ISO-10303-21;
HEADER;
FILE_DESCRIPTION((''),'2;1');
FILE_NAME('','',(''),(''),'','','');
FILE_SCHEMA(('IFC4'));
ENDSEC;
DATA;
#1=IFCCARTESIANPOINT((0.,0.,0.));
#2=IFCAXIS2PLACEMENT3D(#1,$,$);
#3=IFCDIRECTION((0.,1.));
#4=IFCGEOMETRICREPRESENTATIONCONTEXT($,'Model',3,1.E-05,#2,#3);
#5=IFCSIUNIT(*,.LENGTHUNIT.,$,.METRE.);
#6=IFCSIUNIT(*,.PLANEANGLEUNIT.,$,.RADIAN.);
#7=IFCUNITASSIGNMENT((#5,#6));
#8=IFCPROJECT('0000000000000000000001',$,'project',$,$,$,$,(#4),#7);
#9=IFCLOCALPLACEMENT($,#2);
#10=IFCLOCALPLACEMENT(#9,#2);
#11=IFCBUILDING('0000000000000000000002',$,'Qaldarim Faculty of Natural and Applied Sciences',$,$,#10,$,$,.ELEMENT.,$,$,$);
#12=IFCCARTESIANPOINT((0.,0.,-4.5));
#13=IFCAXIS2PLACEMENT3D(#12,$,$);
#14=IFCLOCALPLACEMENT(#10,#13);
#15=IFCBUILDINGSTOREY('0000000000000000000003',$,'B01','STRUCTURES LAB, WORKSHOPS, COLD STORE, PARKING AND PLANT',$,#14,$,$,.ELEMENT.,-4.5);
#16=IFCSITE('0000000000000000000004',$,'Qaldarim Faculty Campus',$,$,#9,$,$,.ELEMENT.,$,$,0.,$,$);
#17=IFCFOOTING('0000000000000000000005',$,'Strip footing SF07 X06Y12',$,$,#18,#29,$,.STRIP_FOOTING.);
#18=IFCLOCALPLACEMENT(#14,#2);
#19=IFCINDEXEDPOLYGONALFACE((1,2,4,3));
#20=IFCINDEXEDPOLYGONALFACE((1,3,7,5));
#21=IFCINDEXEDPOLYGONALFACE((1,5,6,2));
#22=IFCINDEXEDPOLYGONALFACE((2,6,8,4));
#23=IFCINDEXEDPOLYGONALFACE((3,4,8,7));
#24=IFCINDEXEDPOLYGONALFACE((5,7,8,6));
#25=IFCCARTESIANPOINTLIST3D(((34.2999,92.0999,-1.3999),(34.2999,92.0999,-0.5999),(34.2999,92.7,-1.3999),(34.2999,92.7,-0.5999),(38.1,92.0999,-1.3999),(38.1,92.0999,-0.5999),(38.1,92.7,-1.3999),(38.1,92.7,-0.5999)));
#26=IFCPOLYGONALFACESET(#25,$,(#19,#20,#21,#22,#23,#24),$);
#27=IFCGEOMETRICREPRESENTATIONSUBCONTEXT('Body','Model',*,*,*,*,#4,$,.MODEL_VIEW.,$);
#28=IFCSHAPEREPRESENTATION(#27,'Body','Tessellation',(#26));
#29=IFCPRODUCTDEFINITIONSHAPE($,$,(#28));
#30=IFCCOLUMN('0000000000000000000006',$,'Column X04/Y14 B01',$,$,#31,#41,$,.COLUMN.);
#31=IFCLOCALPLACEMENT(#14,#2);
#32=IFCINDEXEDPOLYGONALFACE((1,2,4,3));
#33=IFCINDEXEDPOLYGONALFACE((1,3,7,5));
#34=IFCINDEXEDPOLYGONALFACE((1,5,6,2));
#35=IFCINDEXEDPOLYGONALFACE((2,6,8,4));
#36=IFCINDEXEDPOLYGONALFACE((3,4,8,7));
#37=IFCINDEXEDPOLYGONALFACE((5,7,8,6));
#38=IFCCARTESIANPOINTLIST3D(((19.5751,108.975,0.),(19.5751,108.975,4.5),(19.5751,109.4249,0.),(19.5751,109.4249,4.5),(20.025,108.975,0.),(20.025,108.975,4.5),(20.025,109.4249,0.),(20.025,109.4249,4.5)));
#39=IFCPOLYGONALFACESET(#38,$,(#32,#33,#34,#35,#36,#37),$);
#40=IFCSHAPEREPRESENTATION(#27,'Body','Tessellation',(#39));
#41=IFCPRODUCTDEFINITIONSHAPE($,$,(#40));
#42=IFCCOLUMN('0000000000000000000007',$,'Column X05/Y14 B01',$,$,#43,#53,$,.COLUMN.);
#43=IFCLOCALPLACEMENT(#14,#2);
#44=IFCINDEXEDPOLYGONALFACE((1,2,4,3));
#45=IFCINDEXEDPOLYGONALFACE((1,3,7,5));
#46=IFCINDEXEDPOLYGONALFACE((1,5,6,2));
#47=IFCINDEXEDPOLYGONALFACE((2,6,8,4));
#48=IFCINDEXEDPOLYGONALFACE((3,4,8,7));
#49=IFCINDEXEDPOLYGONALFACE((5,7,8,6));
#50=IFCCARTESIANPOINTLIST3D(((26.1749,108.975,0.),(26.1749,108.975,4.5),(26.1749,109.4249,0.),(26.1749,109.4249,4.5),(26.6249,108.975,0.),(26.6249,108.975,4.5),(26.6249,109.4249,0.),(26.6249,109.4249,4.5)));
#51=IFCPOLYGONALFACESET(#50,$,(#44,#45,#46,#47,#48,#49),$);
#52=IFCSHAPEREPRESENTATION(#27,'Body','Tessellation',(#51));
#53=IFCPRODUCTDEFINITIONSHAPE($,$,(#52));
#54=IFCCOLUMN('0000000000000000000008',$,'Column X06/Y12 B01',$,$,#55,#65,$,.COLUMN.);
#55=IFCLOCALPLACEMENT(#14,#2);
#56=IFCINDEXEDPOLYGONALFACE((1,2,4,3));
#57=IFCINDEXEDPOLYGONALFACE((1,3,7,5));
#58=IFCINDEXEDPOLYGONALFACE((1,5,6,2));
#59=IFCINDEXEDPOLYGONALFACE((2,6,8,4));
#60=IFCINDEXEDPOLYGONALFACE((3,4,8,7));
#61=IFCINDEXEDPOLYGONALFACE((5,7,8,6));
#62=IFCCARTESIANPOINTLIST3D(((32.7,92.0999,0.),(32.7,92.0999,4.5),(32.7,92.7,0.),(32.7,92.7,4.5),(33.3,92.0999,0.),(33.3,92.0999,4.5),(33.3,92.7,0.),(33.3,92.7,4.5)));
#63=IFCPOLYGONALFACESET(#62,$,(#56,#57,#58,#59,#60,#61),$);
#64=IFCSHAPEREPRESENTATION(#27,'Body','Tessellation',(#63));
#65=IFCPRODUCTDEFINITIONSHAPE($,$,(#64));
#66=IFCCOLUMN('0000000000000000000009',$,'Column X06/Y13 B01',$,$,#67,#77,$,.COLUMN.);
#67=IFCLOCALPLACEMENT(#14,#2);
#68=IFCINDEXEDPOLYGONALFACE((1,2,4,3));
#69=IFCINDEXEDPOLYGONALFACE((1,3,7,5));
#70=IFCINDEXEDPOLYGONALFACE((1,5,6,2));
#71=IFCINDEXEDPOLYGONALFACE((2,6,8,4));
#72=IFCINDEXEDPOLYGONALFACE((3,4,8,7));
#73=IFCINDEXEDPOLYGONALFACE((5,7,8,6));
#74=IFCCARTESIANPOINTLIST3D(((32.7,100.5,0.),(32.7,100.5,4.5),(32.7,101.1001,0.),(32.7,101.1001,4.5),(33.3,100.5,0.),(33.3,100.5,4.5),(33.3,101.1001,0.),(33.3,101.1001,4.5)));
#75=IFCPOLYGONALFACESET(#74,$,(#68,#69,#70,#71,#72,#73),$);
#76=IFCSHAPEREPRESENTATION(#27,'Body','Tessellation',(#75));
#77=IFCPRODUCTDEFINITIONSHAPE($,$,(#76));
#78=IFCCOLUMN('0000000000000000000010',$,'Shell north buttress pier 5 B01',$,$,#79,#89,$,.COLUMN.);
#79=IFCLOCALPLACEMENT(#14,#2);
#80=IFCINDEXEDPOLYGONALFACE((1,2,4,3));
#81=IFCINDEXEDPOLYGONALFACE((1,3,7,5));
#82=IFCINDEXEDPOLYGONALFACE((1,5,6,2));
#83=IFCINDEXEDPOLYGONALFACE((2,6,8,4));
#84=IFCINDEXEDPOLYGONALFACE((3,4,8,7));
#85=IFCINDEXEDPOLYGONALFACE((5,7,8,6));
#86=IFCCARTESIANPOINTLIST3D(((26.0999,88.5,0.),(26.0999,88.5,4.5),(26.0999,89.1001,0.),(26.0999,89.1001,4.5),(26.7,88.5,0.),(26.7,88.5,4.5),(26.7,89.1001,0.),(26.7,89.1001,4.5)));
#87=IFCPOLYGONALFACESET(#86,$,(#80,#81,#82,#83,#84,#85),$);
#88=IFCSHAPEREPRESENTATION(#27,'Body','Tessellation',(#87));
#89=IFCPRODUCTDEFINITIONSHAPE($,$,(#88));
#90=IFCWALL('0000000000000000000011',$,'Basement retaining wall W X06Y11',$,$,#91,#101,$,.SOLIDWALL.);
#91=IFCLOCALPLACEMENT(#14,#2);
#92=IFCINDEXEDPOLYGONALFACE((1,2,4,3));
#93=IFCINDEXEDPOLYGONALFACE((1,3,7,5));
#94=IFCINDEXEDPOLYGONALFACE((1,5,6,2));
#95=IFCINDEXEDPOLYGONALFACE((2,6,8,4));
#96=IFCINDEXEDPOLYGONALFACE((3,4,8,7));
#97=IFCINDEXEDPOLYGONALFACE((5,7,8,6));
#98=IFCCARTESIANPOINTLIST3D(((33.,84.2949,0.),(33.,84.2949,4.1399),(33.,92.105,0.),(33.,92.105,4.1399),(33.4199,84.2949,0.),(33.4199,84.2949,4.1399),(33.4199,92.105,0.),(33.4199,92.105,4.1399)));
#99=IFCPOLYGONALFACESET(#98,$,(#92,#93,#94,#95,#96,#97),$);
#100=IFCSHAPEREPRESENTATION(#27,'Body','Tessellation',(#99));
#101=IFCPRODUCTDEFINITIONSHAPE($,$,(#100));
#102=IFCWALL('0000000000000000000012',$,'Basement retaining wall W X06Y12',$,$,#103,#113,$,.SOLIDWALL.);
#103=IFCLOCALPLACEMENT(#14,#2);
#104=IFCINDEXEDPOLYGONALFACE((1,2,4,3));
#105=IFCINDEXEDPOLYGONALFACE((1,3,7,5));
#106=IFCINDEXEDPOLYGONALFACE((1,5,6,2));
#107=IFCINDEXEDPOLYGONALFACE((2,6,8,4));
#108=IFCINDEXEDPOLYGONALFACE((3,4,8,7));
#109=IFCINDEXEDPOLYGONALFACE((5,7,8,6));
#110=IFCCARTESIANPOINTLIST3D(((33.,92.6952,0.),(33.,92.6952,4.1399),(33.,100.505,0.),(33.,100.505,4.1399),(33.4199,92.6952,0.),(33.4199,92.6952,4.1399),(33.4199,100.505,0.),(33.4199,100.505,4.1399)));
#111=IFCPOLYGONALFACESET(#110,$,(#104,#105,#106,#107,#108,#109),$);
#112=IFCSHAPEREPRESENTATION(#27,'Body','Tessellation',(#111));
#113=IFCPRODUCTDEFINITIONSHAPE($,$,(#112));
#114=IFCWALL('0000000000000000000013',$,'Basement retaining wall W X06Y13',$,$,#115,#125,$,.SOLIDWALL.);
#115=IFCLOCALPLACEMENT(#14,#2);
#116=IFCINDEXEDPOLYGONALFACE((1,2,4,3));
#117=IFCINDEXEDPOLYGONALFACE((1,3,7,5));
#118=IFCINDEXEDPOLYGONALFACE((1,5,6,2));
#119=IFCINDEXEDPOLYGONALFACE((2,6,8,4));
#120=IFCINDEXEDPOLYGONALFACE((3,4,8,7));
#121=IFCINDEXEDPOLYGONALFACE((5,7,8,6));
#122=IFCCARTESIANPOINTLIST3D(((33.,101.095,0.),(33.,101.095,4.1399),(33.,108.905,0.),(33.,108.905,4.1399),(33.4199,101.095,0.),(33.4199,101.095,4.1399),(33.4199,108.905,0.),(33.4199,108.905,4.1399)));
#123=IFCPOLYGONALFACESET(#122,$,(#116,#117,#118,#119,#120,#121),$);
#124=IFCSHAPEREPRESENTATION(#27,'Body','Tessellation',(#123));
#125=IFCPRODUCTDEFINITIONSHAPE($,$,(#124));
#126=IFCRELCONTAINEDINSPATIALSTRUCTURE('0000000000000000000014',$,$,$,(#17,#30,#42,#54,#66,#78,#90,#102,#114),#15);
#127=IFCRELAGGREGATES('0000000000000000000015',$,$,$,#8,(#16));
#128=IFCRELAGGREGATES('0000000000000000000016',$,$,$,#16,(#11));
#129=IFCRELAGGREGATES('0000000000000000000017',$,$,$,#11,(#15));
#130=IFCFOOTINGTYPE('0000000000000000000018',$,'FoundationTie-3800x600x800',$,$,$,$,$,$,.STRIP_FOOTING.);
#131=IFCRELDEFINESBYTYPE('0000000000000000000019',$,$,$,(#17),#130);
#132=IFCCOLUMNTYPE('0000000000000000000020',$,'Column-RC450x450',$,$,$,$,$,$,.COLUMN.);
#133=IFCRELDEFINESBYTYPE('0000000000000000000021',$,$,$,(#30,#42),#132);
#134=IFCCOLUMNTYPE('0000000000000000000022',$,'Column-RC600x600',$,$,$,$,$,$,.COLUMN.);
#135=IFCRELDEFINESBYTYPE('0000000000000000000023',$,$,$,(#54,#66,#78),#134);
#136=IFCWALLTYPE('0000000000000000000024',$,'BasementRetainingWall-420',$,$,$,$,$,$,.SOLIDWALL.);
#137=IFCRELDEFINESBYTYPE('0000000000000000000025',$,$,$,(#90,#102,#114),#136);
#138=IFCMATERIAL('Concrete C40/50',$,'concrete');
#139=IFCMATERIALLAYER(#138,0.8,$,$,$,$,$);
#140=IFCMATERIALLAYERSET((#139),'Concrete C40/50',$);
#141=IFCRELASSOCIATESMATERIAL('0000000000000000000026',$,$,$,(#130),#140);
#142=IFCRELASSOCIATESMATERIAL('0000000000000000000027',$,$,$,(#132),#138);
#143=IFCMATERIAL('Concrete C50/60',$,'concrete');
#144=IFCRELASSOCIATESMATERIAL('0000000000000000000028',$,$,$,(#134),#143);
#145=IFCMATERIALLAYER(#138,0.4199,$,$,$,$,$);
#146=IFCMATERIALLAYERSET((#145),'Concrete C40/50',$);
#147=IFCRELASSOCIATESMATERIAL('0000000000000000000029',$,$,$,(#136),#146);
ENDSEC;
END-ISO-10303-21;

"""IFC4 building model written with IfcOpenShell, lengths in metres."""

from ifc_helpers import new_model, si_unit, direction, frame, frame_2d, origin, origin_2d, place, context, subcontext, project, spatial, rectangle, extrude, material, layer, layer_set, material_profile, profile_set, type_object, element, save


model = new_model("IFC4")

# Units and contexts
model_context = context("Model", 3, precision=1e-05, world=origin(), true_north=direction((0.0, 1.0)))
body_context = subcontext(model_context, "Body", "Model", "MODEL_VIEW")
ifc_project = project(units=[si_unit("LENGTHUNIT", "METRE"), si_unit("PLANEANGLEUNIT", "RADIAN")], contexts=[model_context])

# Site, building, storey
site_placement = place(None, origin())
site = spatial("IfcSite", under=ifc_project, at=site_placement, Name="Qaldarim Faculty Campus", CompositionType="ELEMENT", RefElevation=0.0)
building_placement = place(site_placement, origin())
building = spatial("IfcBuilding", under=site, at=building_placement, Name="Qaldarim Faculty of Natural and Applied Sciences", CompositionType="ELEMENT")
storey_placement = place(building_placement, frame((0.0, 0.0, -4.5)))
storey = spatial("IfcBuildingStorey", under=building, at=storey_placement, Name="B01", Description="STRUCTURES LAB, WORKSHOPS, COLD STORE, PARKING AND PLANT", CompositionType="ELEMENT", Elevation=-4.5)

# Shared definitions
ifc_material_1 = material(Name="Concrete C40/50", Category="concrete")

# Footing
ifc_layer_1 = layer(ifc_material_1, 0.8)
ifc_layer_set_1 = layer_set([ifc_layer_1], Name="Concrete C40/50")
footing_type_1 = type_object("IfcFootingType", Name="FoundationTie-3800x600x800", PredefinedType="STRIP_FOOTING", material=ifc_layer_set_1)
footing_1_placement = place(storey_placement, frame((36.2, 92.3999, -1.3999), z_axis=(0.0, 0.0, 1.0), x_axis=(1.0, 0.0, 0.0)))
element("IfcFooting", 1, at=footing_1_placement, inside=storey, type_object=footing_type_1, Name="Strip footing SF07 X06Y12", PredefinedType="STRIP_FOOTING", context=body_context, shape_type="SweptSolid", body=[
    extrude(rectangle(XDim=3.8, YDim=0.6001, at=origin_2d()), origin(), (0.0, 0.0, 1.0), 0.8),
])

# Columns
ifc_material_profile_1 = material_profile(ifc_material_1, rectangle(XDim=0.45, YDim=0.45, at=origin_2d()), Name="RC-C450x450")
ifc_profile_set_1 = profile_set([ifc_material_profile_1], Name="Concrete C40/50")
column_type_1 = type_object("IfcColumnType", Name="Column-RC450x450", PredefinedType="COLUMN", material=ifc_profile_set_1)
for number, where, z_axis, x_axis, name in (
    (2, (19.8, 109.2, 0.0), (0.0, 0.0, 1.0), (1.0, 0.0, 0.0), "Column X04/Y14 B01"),
    (3, (26.3999, 109.2, 0.0), (0.0, 0.0, 1.0), (1.0, 0.0, 0.0), "Column X05/Y14 B01"),
):
    element("IfcColumn", number, at=place(storey_placement, frame(where, z_axis=z_axis, x_axis=x_axis)), inside=storey, type_object=column_type_1, Name=name, PredefinedType="COLUMN", context=body_context, shape_type="SweptSolid", body=[
        extrude(rectangle(XDim=0.45, YDim=0.45, at=origin_2d()), origin(), (0.0, 0.0, 1.0), 4.5),
    ])
ifc_material_2 = material(Name="Concrete C50/60", Category="concrete")
ifc_material_profile_2 = material_profile(ifc_material_2, rectangle(XDim=0.6001, YDim=0.6001, at=origin_2d()), Name="RC-C600x600")
ifc_profile_set_2 = profile_set([ifc_material_profile_2], Name="Concrete C50/60")
column_type_2 = type_object("IfcColumnType", Name="Column-RC600x600", PredefinedType="COLUMN", material=ifc_profile_set_2)
for number, where, z_axis, x_axis, name in (
    (4, (33.0, 92.3999, 0.0), (0.0, 0.0, 1.0), (1.0, 0.0, 0.0), "Column X06/Y12 B01"),
    (5, (33.0, 100.8, 0.0), (0.0, 0.0, 1.0), (1.0, 0.0, 0.0), "Column X06/Y13 B01"),
    (6, (26.3999, 88.8, 0.0), (0.0, 0.0, 1.0), (1.0, 0.0, 0.0), "Shell north buttress pier 5 B01"),
):
    element("IfcColumn", number, at=place(storey_placement, frame(where, z_axis=z_axis, x_axis=x_axis)), inside=storey, type_object=column_type_2, Name=name, PredefinedType="COLUMN", context=body_context, shape_type="SweptSolid", body=[
        extrude(rectangle(XDim=0.6001, YDim=0.6001, at=origin_2d()), origin(), (0.0, 0.0, 1.0), 4.5),
    ])

# Walls
ifc_layer_2 = layer(ifc_material_1, 0.4199)
ifc_layer_set_2 = layer_set([ifc_layer_2], Name="Concrete C40/50")
wall_type = type_object("IfcWallType", Name="BasementRetainingWall-420", PredefinedType="SOLIDWALL", material=ifc_layer_set_2)
wall_1_placement = place(storey_placement, frame((33.21, 92.105, 0.0), z_axis=(0.0, 0.0, 1.0), x_axis=(0.0, -1.0, 0.0)))
element("IfcWall", 7, at=wall_1_placement, inside=storey, type_object=wall_type, Name="Basement retaining wall W X06Y11", PredefinedType="SOLIDWALL", context=body_context, shape_type="SweptSolid", body=[
    extrude(rectangle(XDim=7.8101, YDim=0.4199, at=frame_2d((3.905, 0.0))), origin(), (0.0, 0.0, 1.0), 4.1399),
])
wall_2_placement = place(storey_placement, frame((33.21, 100.5049, 0.0), z_axis=(0.0, 0.0, 1.0), x_axis=(0.0, -1.0, 0.0)))
element("IfcWall", 8, at=wall_2_placement, inside=storey, type_object=wall_type, Name="Basement retaining wall W X06Y12", PredefinedType="SOLIDWALL", context=body_context, shape_type="SweptSolid", body=[
    extrude(rectangle(XDim=7.8098, YDim=0.4199, at=frame_2d((3.9048, 0.0))), origin(), (0.0, 0.0, 1.0), 4.1399),
])
wall_3_placement = place(storey_placement, frame((33.21, 108.905, 0.0), z_axis=(0.0, 0.0, 1.0), x_axis=(0.0, -1.0, 0.0)))
element("IfcWall", 9, at=wall_3_placement, inside=storey, type_object=wall_type, Name="Basement retaining wall W X06Y13", PredefinedType="SOLIDWALL", context=body_context, shape_type="SweptSolid", body=[
    extrude(rectangle(XDim=7.8101, YDim=0.4199, at=frame_2d((3.905, 0.0))), origin(), (0.0, 0.0, 1.0), 4.1399),
])

save(model, "model.ifc")
